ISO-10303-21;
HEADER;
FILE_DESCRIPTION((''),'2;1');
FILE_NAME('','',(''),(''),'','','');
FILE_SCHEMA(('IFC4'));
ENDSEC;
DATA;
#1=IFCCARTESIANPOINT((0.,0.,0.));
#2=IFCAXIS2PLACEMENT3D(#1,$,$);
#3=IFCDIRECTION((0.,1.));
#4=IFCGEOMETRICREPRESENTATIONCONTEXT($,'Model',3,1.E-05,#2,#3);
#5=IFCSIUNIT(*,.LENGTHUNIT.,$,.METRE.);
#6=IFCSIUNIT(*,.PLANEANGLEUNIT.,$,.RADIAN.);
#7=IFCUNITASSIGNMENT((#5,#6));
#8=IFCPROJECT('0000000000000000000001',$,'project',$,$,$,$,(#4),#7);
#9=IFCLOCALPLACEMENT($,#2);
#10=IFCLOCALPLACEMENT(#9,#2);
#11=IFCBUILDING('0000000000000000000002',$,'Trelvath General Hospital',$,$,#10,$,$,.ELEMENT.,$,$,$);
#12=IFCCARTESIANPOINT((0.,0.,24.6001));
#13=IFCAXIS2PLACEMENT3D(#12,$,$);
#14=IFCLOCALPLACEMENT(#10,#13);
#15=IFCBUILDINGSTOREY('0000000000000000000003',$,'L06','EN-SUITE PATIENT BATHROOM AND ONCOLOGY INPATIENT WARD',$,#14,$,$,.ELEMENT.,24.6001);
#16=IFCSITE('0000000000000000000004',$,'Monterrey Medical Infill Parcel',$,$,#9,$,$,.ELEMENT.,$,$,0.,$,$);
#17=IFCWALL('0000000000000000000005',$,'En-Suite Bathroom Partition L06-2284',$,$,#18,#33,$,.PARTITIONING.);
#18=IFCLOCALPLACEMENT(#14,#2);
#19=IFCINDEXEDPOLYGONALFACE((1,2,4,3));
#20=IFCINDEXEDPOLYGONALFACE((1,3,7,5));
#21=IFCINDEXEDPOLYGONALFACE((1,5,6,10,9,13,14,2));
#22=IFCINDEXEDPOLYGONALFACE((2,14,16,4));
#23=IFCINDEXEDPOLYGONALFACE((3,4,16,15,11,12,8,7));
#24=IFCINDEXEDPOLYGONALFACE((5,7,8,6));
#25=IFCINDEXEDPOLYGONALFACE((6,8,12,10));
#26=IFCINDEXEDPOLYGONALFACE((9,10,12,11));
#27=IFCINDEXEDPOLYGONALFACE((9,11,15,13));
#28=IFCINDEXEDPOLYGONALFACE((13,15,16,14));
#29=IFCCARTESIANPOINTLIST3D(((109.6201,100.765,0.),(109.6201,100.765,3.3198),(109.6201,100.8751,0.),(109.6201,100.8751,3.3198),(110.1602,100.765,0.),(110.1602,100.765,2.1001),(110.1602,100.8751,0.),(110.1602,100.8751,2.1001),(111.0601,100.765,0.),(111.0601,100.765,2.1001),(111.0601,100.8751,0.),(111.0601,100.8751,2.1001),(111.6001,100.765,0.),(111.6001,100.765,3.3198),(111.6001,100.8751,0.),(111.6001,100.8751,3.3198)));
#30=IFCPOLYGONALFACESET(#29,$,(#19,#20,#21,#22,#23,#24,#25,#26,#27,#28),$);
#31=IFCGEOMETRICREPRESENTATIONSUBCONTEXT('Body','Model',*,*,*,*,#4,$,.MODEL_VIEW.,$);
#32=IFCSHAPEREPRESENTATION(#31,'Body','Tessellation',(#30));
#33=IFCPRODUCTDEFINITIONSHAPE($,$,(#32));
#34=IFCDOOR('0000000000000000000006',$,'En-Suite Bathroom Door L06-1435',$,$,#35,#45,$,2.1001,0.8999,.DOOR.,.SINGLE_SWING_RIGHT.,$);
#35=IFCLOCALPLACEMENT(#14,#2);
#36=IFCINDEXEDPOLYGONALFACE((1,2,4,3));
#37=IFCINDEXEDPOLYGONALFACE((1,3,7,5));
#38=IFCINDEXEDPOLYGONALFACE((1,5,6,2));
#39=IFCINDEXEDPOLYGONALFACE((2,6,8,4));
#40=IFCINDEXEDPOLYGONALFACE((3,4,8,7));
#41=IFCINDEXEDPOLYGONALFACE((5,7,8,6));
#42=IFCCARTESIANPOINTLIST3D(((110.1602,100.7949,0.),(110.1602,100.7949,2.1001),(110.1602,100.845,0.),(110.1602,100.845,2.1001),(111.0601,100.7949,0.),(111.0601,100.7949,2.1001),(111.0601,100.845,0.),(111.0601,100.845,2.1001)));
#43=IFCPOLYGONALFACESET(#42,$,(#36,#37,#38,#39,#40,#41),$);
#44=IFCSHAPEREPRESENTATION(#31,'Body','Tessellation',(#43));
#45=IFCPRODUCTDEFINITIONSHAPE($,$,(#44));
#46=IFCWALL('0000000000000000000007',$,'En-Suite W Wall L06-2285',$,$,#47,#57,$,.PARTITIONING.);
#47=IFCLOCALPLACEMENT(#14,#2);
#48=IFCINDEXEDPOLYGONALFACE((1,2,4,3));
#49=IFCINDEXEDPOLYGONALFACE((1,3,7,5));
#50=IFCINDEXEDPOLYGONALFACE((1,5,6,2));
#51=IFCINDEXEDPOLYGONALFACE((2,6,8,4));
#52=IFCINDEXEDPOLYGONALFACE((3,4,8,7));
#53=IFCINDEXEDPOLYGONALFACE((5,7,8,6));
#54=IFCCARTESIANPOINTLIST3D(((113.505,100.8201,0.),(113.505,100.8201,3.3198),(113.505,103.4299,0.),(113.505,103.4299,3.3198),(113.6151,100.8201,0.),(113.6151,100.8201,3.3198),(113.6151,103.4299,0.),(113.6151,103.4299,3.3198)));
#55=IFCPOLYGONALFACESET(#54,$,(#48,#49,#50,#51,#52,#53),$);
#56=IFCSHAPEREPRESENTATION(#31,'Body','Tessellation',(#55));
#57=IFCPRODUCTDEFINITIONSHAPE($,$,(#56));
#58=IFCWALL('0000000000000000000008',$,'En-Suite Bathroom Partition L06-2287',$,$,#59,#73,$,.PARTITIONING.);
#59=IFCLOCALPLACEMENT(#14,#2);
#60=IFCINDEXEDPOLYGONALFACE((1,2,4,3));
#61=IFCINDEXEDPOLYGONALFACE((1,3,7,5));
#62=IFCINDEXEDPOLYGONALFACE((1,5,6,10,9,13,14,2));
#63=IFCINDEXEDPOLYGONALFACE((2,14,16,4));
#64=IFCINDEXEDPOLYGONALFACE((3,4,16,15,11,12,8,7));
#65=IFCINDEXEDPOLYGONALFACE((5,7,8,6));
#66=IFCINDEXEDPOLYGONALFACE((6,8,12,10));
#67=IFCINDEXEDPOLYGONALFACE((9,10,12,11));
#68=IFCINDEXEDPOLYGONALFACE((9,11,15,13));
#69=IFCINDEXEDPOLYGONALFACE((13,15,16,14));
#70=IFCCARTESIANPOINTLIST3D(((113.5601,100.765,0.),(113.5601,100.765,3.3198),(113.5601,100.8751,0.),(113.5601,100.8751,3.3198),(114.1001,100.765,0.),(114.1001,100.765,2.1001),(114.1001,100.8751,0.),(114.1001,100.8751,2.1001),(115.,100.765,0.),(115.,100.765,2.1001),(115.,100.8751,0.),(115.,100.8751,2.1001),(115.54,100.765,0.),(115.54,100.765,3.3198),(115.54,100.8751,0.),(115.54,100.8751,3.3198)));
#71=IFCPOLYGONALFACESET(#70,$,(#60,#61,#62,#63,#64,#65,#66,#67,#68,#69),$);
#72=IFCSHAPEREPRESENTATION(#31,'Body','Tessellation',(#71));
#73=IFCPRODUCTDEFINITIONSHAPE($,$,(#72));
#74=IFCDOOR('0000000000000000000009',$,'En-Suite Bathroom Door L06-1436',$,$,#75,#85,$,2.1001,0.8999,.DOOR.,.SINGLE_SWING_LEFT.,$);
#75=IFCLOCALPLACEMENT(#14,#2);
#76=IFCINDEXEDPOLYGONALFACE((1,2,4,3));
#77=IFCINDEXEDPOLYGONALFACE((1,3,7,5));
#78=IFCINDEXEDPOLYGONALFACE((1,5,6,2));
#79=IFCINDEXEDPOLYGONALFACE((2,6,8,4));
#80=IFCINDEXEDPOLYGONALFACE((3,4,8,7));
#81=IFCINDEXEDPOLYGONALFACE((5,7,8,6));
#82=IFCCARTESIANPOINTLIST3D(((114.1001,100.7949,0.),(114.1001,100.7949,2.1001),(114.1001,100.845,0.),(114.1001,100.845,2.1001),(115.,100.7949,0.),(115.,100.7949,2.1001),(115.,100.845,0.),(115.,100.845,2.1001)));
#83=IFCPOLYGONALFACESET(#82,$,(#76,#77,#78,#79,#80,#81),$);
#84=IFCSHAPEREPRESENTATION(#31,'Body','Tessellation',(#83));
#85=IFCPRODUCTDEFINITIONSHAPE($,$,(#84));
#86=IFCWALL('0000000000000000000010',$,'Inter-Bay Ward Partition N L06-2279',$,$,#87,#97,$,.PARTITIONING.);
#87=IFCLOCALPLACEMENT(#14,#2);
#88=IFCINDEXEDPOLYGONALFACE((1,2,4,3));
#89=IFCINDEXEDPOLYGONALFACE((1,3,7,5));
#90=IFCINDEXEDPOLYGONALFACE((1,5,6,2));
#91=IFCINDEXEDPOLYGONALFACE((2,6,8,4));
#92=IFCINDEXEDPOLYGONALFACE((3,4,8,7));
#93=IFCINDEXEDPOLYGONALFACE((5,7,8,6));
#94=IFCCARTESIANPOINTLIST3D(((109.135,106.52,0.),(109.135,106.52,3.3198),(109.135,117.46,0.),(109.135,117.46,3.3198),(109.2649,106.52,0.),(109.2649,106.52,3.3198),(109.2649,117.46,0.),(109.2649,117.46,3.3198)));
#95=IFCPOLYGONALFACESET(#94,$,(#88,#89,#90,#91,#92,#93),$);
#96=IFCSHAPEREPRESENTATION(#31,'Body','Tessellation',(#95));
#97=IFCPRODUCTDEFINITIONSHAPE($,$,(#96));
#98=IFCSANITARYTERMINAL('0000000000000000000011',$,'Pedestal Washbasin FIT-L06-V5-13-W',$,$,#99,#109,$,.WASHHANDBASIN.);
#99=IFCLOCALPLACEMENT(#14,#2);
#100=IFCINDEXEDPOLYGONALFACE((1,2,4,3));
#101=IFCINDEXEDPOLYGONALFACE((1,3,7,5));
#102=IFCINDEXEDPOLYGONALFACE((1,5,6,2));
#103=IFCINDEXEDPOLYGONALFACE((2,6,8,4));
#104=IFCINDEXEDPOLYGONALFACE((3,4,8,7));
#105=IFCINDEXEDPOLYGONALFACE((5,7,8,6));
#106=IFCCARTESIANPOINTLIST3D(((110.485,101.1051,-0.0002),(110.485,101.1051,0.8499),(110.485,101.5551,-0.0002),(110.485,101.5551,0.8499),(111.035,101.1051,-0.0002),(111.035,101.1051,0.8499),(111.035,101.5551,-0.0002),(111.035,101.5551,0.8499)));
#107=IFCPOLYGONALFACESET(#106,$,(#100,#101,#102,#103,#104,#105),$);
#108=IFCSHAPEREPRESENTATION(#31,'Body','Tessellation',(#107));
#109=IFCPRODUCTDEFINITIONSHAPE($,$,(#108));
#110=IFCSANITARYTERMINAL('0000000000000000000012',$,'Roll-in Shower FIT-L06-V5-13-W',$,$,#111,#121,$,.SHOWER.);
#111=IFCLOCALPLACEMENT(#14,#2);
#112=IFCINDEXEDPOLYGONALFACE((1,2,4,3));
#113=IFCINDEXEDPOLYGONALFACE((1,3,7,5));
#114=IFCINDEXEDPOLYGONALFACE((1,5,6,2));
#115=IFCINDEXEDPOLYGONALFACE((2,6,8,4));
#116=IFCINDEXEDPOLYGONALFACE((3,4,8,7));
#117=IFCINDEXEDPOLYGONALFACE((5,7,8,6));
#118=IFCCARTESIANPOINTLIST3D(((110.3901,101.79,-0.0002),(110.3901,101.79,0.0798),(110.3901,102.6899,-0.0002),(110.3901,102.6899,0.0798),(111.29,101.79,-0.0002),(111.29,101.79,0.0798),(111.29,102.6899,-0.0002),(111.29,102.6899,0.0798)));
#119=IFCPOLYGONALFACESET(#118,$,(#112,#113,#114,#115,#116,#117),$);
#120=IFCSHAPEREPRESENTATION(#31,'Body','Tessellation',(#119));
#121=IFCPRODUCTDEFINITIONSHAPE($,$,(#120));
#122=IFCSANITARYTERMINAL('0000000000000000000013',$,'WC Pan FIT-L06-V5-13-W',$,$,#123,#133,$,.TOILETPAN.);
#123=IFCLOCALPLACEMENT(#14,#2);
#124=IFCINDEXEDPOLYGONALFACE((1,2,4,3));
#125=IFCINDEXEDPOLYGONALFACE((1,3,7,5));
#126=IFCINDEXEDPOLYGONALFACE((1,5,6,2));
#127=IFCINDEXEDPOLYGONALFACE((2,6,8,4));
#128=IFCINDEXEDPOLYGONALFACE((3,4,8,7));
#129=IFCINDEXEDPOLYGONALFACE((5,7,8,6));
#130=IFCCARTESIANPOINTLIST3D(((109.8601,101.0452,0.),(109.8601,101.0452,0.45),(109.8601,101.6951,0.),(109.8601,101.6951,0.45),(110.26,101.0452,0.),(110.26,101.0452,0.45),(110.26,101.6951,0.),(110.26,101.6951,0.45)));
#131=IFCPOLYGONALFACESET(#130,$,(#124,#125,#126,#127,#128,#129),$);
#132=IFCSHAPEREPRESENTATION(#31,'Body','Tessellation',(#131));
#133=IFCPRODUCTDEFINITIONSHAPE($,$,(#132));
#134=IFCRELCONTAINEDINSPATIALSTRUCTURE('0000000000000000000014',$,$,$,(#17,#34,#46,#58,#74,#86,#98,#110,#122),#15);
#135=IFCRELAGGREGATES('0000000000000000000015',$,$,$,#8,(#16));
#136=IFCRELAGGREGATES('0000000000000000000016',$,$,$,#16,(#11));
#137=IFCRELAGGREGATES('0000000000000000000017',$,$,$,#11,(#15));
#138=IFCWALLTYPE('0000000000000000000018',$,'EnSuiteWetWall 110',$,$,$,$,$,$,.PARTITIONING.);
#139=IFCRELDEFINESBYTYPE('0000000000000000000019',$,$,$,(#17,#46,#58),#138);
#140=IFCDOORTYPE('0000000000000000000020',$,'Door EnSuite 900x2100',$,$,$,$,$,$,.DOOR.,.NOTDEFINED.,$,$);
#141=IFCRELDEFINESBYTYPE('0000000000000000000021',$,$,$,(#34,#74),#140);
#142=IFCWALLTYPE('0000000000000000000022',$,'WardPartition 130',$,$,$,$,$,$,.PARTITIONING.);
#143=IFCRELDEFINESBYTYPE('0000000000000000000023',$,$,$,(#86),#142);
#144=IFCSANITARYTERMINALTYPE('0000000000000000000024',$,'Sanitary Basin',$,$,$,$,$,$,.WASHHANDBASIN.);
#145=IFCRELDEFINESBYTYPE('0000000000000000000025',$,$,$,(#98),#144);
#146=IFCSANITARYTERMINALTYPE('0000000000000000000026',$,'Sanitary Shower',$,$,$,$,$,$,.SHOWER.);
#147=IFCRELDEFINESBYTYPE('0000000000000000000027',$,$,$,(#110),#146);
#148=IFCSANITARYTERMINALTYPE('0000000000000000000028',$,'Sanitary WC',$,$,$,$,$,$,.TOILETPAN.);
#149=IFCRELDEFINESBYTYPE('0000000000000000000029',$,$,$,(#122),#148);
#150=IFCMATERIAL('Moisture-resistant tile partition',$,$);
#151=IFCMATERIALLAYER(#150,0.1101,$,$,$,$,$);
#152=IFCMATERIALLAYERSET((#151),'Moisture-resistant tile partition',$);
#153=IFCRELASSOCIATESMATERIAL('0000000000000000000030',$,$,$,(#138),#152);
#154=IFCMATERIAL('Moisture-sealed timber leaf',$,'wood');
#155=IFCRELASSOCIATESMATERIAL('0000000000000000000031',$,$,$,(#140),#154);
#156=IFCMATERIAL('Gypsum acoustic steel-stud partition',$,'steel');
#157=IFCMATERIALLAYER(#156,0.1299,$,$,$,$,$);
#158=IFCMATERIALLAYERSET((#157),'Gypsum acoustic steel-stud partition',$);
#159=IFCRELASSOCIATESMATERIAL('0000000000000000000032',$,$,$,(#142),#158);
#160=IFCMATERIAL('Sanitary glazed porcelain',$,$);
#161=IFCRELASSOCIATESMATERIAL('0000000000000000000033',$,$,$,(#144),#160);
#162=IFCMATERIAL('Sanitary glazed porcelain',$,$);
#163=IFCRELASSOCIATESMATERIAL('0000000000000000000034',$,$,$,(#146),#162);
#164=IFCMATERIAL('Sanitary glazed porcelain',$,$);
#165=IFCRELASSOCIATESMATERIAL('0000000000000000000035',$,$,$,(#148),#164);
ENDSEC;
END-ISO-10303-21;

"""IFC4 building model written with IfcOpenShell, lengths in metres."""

from ifc_helpers import new_model, si_unit, direction, frame, frame_2d, origin, origin_2d, place, context, subcontext, project, spatial, rectangle, extrude, material, layer, layer_set, type_object, element, fill, save


model = new_model("IFC4")

# Units and contexts
model_context = context("Model", 3, precision=1e-05, world=origin(), true_north=direction((0.0, 1.0)))
body_context = subcontext(model_context, "Body", "Model", "MODEL_VIEW")
ifc_project = project(units=[si_unit("LENGTHUNIT", "METRE"), si_unit("PLANEANGLEUNIT", "RADIAN")], contexts=[model_context])

# Site, building, storey
site_placement = place(None, origin())
site = spatial("IfcSite", under=ifc_project, at=site_placement, Name="Monterrey Medical Infill Parcel", CompositionType="ELEMENT", RefElevation=0.0)
building_placement = place(site_placement, origin())
building = spatial("IfcBuilding", under=site, at=building_placement, Name="Trelvath General Hospital", CompositionType="ELEMENT")
storey_placement = place(building_placement, frame((0.0, 0.0, 24.6001)))
storey = spatial("IfcBuildingStorey", under=building, at=storey_placement, Name="L06", Description="EN-SUITE PATIENT BATHROOM AND ONCOLOGY INPATIENT WARD", CompositionType="ELEMENT", Elevation=24.6001)

# Shared definitions
ifc_material_1 = material(Name="Moisture-resistant tile partition")
ifc_layer_1 = layer(ifc_material_1, 0.1101)
ifc_layer_set_1 = layer_set([ifc_layer_1], Name="Moisture-resistant tile partition")
wall_type_1 = type_object("IfcWallType", Name="EnSuiteWetWall 110", PredefinedType="PARTITIONING", material=ifc_layer_set_1)

# Wall, opening, door
wall_1_placement = place(storey_placement, frame((109.6201, 100.8201, 0.0), z_axis=(0.0, 0.0, 1.0), x_axis=(1.0, 0.0, 0.0)))
wall_1 = element("IfcWall", 1, at=wall_1_placement, inside=storey, type_object=wall_type_1, Name="En-Suite Bathroom Partition L06-2284", PredefinedType="PARTITIONING", context=body_context, shape_type="SweptSolid", body=[
    extrude(rectangle(XDim=1.98, YDim=0.1101, at=frame_2d((0.99, 0.0))), origin(), (0.0, 0.0, 1.0), 3.3198),
])
opening_1_placement = place(wall_1_placement, frame((0.54, 0.0, 0.0)))
opening_1 = element("IfcOpeningElement", 2, at=opening_1_placement, cuts=wall_1, PredefinedType="OPENING", context=body_context, shape_type="SweptSolid", body=[
    extrude(rectangle(XDim=0.8999, YDim=2.1001, at=frame_2d((0.45, 1.05))), frame((0.0, 0.0649, 0.0), z_axis=(0.0, -1.0, 0.0), x_axis=(1.0, 0.0, 0.0)), (0.0, 0.0, 1.0), 0.1301),
])
ifc_material_2 = material(Name="Moisture-sealed timber leaf", Category="wood")
door_type_1 = type_object("IfcDoorType", Name="Door EnSuite 900x2100", OperationType="NOTDEFINED", PredefinedType="DOOR", material=ifc_material_2)
door_1_placement = place(opening_1_placement, origin())
door_1 = element("IfcDoor", 3, at=door_1_placement, inside=storey, type_object=door_type_1, Name="En-Suite Bathroom Door L06-1435", OperationType="SINGLE_SWING_RIGHT", OverallHeight=2.1001, OverallWidth=0.8999, PredefinedType="DOOR", context=body_context, shape_type="SweptSolid", body=[
    extrude(rectangle(XDim=0.8999, YDim=2.1001, at=frame_2d((0.45, 1.05))), frame((0.0, 0.0249, 0.0), z_axis=(0.0, -1.0, 0.0), x_axis=(1.0, 0.0, 0.0)), (0.0, 0.0, 1.0), 0.05),
])
fill(opening_1, door_1)

# Wall
wall_2_placement = place(storey_placement, frame((113.5601, 100.8201, 0.0), z_axis=(0.0, 0.0, 1.0), x_axis=(0.0, 1.0, 0.0)))
element("IfcWall", 4, at=wall_2_placement, inside=storey, type_object=wall_type_1, Name="En-Suite W Wall L06-2285", PredefinedType="PARTITIONING", context=body_context, shape_type="SweptSolid", body=[
    extrude(rectangle(XDim=2.6099, YDim=0.1101, at=frame_2d((1.3049, 0.0))), origin(), (0.0, 0.0, 1.0), 3.3198),
])

# Wall, opening, door
wall_3_placement = place(storey_placement, frame((113.5601, 100.8201, 0.0), z_axis=(0.0, 0.0, 1.0), x_axis=(1.0, 0.0, 0.0)))
wall_3 = element("IfcWall", 5, at=wall_3_placement, inside=storey, type_object=wall_type_1, Name="En-Suite Bathroom Partition L06-2287", PredefinedType="PARTITIONING", context=body_context, shape_type="SweptSolid", body=[
    extrude(rectangle(XDim=1.98, YDim=0.1101, at=frame_2d((0.99, 0.0))), origin(), (0.0, 0.0, 1.0), 3.3198),
])
opening_2_placement = place(wall_3_placement, frame((0.54, 0.0, 0.0)))
opening_2 = element("IfcOpeningElement", 6, at=opening_2_placement, cuts=wall_3, PredefinedType="OPENING", context=body_context, shape_type="SweptSolid", body=[
    extrude(rectangle(XDim=0.8999, YDim=2.1001, at=frame_2d((0.45, 1.05))), frame((0.0, 0.0649, 0.0), z_axis=(0.0, -1.0, 0.0), x_axis=(1.0, 0.0, 0.0)), (0.0, 0.0, 1.0), 0.1301),
])
door_2_placement = place(opening_2_placement, origin())
door_2 = element("IfcDoor", 7, at=door_2_placement, inside=storey, type_object=door_type_1, Name="En-Suite Bathroom Door L06-1436", OperationType="SINGLE_SWING_LEFT", OverallHeight=2.1001, OverallWidth=0.8999, PredefinedType="DOOR", context=body_context, shape_type="SweptSolid", body=[
    extrude(rectangle(XDim=0.8999, YDim=2.1001, at=frame_2d((0.45, 1.05))), frame((0.0, 0.0249, 0.0), z_axis=(0.0, -1.0, 0.0), x_axis=(1.0, 0.0, 0.0)), (0.0, 0.0, 1.0), 0.05),
])
fill(opening_2, door_2)

# Wall
ifc_material_3 = material(Name="Gypsum acoustic steel-stud partition", Category="steel")
ifc_layer_2 = layer(ifc_material_3, 0.1299)
ifc_layer_set_2 = layer_set([ifc_layer_2], Name="Gypsum acoustic steel-stud partition")
wall_type_2 = type_object("IfcWallType", Name="WardPartition 130", PredefinedType="PARTITIONING", material=ifc_layer_set_2)
wall_4_placement = place(storey_placement, frame((109.2, 106.52, 0.0), z_axis=(0.0, 0.0, 1.0), x_axis=(0.0, 1.0, 0.0)))
element("IfcWall", 8, at=wall_4_placement, inside=storey, type_object=wall_type_2, Name="Inter-Bay Ward Partition N L06-2279", PredefinedType="PARTITIONING", context=body_context, shape_type="SweptSolid", body=[
    extrude(rectangle(XDim=10.9399, YDim=0.1299, at=frame_2d((5.47, 0.0))), origin(), (0.0, 0.0, 1.0), 3.3198),
])

# Sanitary terminals
ifc_material_4 = material(Name="Sanitary glazed porcelain")
sanitary_terminal_type_1 = type_object("IfcSanitaryTerminalType", Name="Sanitary Basin", PredefinedType="WASHHANDBASIN", material=ifc_material_4)
sanitary_terminal_1_placement = place(storey_placement, frame((110.76, 101.3301, -0.0002), z_axis=(0.0, 0.0, 1.0), x_axis=(1.0, 0.0, 0.0)))
element("IfcSanitaryTerminal", 9, at=sanitary_terminal_1_placement, inside=storey, type_object=sanitary_terminal_type_1, Name="Pedestal Washbasin FIT-L06-V5-13-W", PredefinedType="WASHHANDBASIN", context=body_context, shape_type="SweptSolid", body=[
    extrude(rectangle(XDim=0.55, YDim=0.45, at=origin_2d()), origin(), (0.0, 0.0, 1.0), 0.8501),
])
ifc_material_5 = material(Name="Sanitary glazed porcelain")
sanitary_terminal_type_2 = type_object("IfcSanitaryTerminalType", Name="Sanitary Shower", PredefinedType="SHOWER", material=ifc_material_5)
sanitary_terminal_2_placement = place(storey_placement, frame((110.8401, 102.24, -0.0002), z_axis=(0.0, 0.0, 1.0), x_axis=(1.0, 0.0, 0.0)))
element("IfcSanitaryTerminal", 10, at=sanitary_terminal_2_placement, inside=storey, type_object=sanitary_terminal_type_2, Name="Roll-in Shower FIT-L06-V5-13-W", PredefinedType="SHOWER", context=body_context, shape_type="SweptSolid", body=[
    extrude(rectangle(XDim=0.8999, YDim=0.8999, at=origin_2d()), origin(), (0.0, 0.0, 1.0), 0.0801),
])
ifc_material_6 = material(Name="Sanitary glazed porcelain")
sanitary_terminal_type_3 = type_object("IfcSanitaryTerminalType", Name="Sanitary WC", PredefinedType="TOILETPAN", material=ifc_material_6)
sanitary_terminal_3_placement = place(storey_placement, frame((110.0601, 101.3701, 0.0), z_axis=(0.0, 0.0, 1.0), x_axis=(1.0, 0.0, 0.0)))
element("IfcSanitaryTerminal", 11, at=sanitary_terminal_3_placement, inside=storey, type_object=sanitary_terminal_type_3, Name="WC Pan FIT-L06-V5-13-W", PredefinedType="TOILETPAN", context=body_context, shape_type="SweptSolid", body=[
    extrude(rectangle(XDim=0.3999, YDim=0.6499, at=origin_2d()), origin(), (0.0, 0.0, 1.0), 0.45),
])

save(model, "model.ifc")
